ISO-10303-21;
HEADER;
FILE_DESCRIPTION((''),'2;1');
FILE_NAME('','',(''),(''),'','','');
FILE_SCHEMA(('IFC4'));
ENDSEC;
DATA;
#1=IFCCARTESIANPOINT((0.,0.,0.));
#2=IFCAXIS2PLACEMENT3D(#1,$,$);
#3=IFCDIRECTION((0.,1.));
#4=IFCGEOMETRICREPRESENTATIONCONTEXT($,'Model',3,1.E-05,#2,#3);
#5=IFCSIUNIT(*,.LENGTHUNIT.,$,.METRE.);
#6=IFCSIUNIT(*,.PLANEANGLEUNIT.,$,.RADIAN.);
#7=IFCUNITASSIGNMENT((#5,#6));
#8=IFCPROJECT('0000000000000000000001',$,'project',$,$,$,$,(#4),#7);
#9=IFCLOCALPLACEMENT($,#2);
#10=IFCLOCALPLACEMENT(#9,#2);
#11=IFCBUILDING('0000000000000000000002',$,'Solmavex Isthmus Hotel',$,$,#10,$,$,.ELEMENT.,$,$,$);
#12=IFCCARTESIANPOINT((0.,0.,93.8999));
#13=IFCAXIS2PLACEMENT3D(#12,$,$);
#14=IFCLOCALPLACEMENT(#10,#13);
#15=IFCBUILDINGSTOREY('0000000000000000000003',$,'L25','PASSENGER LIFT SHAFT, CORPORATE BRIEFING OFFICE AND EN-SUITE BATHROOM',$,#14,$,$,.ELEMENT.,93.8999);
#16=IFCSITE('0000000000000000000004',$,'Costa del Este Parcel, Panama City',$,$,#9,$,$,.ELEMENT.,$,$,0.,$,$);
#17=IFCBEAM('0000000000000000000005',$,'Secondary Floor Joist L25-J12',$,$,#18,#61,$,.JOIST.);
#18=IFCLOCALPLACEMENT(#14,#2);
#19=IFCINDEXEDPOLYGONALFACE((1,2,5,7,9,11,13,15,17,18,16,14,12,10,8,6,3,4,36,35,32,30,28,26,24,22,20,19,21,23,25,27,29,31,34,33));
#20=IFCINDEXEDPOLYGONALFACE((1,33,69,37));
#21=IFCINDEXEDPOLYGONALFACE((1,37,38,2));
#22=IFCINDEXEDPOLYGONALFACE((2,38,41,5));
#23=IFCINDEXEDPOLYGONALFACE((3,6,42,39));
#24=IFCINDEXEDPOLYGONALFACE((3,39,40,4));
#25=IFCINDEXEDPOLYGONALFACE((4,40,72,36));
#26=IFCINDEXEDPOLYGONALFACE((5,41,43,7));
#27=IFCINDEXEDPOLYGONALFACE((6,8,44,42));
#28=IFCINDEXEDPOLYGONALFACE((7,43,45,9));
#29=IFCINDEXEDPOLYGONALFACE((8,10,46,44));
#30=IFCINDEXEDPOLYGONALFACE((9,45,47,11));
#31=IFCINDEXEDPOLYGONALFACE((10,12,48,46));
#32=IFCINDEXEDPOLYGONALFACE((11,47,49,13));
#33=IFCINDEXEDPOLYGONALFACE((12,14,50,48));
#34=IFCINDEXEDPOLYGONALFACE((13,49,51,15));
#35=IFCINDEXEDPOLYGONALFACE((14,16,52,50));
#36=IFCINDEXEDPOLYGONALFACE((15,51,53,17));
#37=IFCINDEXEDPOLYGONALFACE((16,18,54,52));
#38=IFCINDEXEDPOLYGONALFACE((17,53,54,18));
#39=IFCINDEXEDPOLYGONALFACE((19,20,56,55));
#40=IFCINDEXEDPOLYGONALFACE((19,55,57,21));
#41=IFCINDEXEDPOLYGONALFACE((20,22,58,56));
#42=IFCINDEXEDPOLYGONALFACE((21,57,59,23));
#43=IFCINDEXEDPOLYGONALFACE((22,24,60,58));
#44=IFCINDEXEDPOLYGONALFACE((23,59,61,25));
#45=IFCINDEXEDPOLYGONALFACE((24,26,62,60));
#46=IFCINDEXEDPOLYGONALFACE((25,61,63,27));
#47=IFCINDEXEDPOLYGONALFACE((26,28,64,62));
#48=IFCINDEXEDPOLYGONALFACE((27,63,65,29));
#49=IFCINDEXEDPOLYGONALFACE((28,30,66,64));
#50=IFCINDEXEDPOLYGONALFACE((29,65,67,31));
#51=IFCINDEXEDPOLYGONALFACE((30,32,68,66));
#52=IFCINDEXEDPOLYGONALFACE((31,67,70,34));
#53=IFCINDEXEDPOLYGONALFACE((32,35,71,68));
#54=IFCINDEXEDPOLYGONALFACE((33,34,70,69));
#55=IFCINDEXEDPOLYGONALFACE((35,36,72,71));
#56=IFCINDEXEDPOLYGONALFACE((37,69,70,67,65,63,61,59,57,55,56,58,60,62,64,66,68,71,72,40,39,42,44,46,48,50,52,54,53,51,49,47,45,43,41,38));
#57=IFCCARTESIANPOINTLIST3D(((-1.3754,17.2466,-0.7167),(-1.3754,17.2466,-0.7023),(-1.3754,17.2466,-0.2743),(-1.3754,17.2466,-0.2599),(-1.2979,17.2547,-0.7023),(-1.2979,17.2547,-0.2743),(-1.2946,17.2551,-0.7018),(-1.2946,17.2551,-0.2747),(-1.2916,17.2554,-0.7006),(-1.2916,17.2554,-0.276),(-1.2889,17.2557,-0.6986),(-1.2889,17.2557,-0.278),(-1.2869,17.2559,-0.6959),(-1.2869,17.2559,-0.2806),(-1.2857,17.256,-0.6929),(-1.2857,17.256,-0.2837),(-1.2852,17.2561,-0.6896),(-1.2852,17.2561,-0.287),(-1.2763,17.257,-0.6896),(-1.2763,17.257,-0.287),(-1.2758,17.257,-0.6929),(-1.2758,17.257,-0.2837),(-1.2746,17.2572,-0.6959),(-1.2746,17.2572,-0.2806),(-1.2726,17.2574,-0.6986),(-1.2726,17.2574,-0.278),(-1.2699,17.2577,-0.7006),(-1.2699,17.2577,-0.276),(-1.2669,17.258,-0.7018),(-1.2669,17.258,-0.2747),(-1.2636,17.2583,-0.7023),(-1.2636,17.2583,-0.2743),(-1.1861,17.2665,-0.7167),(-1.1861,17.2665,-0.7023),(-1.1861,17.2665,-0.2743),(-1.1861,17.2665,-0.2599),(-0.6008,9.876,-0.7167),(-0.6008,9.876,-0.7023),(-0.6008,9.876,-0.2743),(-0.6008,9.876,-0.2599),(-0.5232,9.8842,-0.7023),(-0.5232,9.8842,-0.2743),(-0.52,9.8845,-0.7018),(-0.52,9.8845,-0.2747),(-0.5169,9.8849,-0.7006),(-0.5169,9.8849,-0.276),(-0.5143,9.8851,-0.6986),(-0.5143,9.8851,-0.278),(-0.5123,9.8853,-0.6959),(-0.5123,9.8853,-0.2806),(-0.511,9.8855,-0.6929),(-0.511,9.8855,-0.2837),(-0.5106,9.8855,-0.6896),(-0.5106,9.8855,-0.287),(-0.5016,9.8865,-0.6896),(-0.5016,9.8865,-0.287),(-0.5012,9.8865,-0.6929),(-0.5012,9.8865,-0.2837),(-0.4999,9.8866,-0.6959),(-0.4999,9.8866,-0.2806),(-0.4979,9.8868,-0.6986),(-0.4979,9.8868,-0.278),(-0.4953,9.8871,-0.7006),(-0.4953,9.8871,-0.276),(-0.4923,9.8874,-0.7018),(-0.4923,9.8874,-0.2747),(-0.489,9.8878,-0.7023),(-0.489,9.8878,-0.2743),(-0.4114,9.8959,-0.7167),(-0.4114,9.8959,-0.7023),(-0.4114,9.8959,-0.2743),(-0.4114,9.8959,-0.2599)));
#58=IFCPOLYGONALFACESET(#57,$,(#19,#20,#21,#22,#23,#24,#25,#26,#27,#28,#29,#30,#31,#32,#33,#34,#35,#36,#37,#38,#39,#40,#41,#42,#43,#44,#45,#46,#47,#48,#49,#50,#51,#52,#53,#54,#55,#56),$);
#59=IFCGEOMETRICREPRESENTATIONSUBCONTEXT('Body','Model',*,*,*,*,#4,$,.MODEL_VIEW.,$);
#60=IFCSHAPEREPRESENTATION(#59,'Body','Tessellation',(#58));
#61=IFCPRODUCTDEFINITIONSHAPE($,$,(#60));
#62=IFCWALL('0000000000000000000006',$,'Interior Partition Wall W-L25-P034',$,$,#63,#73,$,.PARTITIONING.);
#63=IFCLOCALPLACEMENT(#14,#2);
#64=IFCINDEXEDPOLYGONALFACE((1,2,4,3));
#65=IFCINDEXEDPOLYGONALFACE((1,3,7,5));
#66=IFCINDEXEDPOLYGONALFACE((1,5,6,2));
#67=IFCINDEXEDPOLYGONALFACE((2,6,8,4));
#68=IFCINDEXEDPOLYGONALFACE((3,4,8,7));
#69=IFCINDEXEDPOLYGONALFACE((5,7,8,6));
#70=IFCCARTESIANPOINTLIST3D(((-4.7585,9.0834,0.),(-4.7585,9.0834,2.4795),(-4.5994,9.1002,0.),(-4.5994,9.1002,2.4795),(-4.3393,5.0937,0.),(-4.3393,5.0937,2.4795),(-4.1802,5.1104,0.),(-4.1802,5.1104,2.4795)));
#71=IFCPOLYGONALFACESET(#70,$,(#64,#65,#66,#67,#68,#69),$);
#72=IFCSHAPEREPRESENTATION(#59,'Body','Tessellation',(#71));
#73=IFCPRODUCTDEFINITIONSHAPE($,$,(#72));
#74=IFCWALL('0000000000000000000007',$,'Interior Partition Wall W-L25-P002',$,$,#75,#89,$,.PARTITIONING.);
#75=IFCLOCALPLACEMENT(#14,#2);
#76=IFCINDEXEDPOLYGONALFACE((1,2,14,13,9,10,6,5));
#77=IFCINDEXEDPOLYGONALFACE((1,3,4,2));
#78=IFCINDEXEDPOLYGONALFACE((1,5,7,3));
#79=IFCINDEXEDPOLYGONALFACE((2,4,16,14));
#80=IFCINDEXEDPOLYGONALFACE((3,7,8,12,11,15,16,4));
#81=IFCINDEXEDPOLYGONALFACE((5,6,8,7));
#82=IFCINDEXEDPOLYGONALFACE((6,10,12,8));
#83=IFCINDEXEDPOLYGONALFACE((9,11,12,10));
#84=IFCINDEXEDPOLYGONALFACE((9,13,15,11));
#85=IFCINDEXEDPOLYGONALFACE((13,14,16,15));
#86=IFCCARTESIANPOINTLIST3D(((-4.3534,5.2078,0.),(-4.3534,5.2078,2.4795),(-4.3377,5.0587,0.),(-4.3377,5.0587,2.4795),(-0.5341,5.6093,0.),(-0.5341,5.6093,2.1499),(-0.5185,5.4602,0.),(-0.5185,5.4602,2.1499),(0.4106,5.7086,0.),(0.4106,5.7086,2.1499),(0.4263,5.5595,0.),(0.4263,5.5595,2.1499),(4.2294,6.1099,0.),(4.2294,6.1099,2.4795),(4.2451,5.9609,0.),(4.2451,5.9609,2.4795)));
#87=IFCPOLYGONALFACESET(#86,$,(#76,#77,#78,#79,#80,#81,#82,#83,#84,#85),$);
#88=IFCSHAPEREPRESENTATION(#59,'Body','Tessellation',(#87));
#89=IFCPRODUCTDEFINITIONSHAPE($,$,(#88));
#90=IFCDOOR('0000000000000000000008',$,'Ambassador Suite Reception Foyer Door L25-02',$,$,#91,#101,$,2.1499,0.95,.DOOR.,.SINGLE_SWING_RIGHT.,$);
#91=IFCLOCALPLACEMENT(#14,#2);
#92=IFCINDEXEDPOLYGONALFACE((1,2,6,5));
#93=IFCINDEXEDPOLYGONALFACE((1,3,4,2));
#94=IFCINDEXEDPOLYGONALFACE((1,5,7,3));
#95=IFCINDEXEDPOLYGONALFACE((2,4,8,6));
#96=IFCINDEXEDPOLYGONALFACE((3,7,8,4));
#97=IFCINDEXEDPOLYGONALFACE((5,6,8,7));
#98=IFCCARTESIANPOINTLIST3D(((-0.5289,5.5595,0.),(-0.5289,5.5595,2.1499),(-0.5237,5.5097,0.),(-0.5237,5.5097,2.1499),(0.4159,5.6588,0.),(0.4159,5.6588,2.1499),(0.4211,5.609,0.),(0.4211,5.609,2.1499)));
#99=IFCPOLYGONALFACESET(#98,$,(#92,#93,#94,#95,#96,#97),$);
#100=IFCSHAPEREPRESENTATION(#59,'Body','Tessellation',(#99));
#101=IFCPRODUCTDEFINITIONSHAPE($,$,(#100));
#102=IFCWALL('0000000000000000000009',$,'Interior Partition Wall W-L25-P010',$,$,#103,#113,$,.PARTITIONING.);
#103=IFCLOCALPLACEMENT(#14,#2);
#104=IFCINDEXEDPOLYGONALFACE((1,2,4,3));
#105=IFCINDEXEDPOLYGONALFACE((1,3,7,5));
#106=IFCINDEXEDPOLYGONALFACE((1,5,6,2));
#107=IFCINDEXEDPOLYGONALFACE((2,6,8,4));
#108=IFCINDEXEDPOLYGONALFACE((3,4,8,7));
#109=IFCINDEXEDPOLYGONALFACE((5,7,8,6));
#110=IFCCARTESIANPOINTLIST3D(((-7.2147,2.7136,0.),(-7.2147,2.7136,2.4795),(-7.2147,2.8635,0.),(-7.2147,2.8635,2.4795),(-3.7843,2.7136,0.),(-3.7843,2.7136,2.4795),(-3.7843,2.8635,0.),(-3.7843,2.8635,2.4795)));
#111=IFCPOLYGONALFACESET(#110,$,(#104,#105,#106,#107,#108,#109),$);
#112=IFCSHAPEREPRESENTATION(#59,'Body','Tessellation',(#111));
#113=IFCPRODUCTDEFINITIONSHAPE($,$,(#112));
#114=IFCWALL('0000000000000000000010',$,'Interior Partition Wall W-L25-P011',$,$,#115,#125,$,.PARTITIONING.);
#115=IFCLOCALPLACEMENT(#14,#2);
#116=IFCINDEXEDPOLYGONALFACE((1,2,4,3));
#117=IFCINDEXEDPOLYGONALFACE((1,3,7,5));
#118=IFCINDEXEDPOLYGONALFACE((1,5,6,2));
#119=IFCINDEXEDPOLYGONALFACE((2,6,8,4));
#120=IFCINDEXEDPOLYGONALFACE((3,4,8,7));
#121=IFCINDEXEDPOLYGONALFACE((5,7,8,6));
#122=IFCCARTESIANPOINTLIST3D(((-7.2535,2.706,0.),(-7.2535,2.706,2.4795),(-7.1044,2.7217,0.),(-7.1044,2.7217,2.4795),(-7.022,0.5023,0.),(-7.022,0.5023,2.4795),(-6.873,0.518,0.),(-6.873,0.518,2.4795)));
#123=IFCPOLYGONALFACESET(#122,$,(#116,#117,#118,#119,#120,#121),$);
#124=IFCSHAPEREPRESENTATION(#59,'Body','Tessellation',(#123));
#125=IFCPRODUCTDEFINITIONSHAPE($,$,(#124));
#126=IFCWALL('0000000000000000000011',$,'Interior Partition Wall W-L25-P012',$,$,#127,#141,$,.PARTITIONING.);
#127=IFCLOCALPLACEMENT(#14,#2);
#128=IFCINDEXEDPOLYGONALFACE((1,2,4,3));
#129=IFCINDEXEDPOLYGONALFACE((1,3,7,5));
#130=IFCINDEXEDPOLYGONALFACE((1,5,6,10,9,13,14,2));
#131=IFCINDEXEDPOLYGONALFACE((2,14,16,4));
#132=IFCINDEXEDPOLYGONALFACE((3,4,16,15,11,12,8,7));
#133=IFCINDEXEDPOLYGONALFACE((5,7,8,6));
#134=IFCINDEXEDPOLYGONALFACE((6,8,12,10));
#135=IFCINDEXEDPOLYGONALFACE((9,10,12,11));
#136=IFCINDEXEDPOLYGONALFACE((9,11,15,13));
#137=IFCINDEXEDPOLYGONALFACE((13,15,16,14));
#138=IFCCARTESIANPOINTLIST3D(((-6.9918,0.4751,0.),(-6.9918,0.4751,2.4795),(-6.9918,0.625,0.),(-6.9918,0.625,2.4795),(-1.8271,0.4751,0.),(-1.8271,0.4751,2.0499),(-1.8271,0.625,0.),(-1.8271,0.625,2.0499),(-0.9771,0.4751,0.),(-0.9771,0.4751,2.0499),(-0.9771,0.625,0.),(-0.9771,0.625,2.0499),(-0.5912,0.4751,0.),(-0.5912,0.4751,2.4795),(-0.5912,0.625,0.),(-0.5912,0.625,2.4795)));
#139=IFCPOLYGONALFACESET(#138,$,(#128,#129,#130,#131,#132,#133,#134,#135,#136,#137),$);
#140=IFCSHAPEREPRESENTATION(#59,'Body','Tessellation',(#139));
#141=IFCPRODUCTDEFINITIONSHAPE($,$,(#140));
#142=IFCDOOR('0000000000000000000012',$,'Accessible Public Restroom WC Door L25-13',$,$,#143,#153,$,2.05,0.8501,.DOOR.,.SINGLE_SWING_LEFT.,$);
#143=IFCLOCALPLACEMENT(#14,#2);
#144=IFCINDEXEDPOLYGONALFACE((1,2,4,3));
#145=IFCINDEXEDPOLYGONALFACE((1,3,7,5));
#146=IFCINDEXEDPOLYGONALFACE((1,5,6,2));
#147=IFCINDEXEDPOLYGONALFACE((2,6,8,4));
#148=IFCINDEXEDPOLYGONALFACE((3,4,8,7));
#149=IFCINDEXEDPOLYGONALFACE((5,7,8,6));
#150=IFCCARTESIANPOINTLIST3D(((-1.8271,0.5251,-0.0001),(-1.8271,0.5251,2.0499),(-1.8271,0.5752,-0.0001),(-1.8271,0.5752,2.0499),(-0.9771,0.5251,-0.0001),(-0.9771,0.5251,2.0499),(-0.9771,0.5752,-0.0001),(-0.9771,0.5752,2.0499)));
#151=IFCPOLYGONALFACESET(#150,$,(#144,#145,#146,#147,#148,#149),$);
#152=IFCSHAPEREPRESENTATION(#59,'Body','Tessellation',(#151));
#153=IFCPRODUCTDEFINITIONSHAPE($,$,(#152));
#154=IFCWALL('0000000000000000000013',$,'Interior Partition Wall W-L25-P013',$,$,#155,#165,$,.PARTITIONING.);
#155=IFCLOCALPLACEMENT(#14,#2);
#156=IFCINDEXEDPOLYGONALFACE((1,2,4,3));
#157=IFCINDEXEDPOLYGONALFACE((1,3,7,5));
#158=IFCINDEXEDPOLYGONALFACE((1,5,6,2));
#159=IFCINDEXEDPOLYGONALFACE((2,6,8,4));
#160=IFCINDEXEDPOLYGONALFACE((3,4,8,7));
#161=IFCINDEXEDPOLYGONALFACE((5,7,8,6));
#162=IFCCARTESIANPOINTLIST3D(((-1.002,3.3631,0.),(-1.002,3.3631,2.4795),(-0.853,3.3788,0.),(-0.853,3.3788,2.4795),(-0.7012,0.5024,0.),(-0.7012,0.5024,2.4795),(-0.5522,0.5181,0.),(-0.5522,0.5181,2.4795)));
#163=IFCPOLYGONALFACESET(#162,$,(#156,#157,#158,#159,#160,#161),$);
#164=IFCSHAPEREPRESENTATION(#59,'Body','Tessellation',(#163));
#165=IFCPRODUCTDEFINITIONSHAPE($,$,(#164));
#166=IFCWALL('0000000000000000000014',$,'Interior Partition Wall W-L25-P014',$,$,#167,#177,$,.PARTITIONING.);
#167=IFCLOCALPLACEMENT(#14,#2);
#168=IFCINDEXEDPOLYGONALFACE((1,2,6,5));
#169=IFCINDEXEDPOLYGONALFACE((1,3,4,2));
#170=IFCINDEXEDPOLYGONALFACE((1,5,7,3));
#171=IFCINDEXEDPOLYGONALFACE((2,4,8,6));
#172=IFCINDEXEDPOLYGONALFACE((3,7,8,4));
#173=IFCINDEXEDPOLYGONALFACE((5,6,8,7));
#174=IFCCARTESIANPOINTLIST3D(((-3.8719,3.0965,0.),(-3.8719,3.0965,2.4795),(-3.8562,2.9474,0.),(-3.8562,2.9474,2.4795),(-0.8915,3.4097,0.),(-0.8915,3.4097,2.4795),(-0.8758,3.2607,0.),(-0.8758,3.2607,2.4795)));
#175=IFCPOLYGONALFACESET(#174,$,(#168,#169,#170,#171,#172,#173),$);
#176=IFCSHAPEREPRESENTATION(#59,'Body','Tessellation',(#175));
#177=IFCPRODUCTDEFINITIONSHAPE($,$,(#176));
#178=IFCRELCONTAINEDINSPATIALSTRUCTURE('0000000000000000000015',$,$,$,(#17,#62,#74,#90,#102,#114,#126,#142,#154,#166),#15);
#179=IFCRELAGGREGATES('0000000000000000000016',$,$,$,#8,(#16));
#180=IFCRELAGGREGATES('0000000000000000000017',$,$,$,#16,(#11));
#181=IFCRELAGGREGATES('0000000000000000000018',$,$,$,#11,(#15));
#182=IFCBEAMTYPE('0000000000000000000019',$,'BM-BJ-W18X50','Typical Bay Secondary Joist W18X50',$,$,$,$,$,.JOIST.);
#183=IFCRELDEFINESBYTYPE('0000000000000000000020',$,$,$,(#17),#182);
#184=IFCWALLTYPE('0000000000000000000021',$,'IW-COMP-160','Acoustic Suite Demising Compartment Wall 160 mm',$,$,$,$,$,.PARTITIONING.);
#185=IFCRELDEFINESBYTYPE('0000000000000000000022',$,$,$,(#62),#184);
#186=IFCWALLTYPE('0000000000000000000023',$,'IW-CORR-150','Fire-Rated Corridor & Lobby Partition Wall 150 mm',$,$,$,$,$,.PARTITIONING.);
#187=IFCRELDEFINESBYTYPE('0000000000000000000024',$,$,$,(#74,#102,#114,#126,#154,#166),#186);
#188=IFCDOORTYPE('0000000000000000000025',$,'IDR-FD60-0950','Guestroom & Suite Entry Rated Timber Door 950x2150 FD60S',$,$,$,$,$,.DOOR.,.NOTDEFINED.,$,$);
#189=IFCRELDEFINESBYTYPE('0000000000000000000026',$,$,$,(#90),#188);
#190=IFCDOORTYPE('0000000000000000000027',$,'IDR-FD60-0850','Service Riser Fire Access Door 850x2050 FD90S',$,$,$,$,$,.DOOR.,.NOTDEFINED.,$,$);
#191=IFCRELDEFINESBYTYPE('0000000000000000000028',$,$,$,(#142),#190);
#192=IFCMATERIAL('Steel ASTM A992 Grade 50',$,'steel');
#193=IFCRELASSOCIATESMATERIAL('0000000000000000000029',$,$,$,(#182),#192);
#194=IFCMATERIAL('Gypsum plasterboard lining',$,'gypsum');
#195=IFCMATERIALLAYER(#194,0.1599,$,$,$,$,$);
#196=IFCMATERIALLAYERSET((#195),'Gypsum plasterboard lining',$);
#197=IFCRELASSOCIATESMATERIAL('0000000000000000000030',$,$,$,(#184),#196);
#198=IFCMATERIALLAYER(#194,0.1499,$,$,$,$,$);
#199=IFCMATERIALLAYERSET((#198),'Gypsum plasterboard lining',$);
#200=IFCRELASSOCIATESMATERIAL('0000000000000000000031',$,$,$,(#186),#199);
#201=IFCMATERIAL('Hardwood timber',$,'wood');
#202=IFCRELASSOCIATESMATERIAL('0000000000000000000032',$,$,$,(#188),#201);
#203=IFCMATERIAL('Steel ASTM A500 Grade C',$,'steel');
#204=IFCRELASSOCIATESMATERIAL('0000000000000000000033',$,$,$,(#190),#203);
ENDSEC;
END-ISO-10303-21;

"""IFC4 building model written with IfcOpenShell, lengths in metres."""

from ifc_helpers import new_model, si_unit, direction, frame, frame_2d, origin, origin_2d, place, context, subcontext, project, spatial, rectangle, i_section, extrude, material, layer, layer_set, material_profile, profile_set, type_object, element, fill, save


model = new_model("IFC4")

# Units and contexts
model_context = context("Model", 3, precision=1e-05, world=origin(), true_north=direction((0.0, 1.0)))
body_context = subcontext(model_context, "Body", "Model", "MODEL_VIEW")
ifc_project = project(units=[si_unit("LENGTHUNIT", "METRE"), si_unit("PLANEANGLEUNIT", "RADIAN")], contexts=[model_context])

# Site, building, storey
site_placement = place(None, origin())
site = spatial("IfcSite", under=ifc_project, at=site_placement, Name="Costa del Este Parcel, Panama City", CompositionType="ELEMENT", RefElevation=0.0)
building_placement = place(site_placement, origin())
building = spatial("IfcBuilding", under=site, at=building_placement, Name="Solmavex Isthmus Hotel", CompositionType="ELEMENT")
storey_placement = place(building_placement, frame((0.0, 0.0, 93.8999)))
storey = spatial("IfcBuildingStorey", under=building, at=storey_placement, Name="L25", Description="PASSENGER LIFT SHAFT, CORPORATE BRIEFING OFFICE AND EN-SUITE BATHROOM", CompositionType="ELEMENT", Elevation=93.8999)

# Beam
ifc_material_1 = material(Name="Steel ASTM A992 Grade 50", Category="steel")
ifc_material_profile_1 = material_profile(ifc_material_1, i_section(OverallWidth=0.1904, OverallDepth=0.4568, WebThickness=0.009, FlangeThickness=0.0144, FilletRadius=0.0127, at=origin_2d()), Name="W18X50")
ifc_profile_set_1 = profile_set([ifc_material_profile_1], Name="Steel ASTM A992 Grade 50")
beam_type_1 = type_object("IfcBeamType", Name="BM-BJ-W18X50", Description="Typical Bay Secondary Joist W18X50", PredefinedType="JOIST", material=ifc_profile_set_1)
beam_1_placement = place(storey_placement, frame((-0.5061, 9.886, -0.4883), z_axis=(-0.104525, 0.994522, 0.0), x_axis=(-0.994522, -0.104525, 0.0)))
element("IfcBeam", 1, at=beam_1_placement, inside=storey, type_object=beam_type_1, Name="Secondary Floor Joist L25-J12", PredefinedType="JOIST", context=body_context, shape_type="SweptSolid", body=[
    extrude(i_section(OverallWidth=0.1904, OverallDepth=0.4568, WebThickness=0.009, FlangeThickness=0.0144, FilletRadius=0.0127, at=origin_2d()), origin(), (0.0, 0.0, 1.0), 7.4111),
])

# Wall
ifc_material_2 = material(Name="Gypsum plasterboard lining", Category="gypsum")
ifc_layer_1 = layer(ifc_material_2, 0.1599)
ifc_layer_set_1 = layer_set([ifc_layer_1], Name="Gypsum plasterboard lining")
wall_type_1 = type_object("IfcWallType", Name="IW-COMP-160", Description="Acoustic Suite Demising Compartment Wall 160 mm", PredefinedType="PARTITIONING", material=ifc_layer_set_1)
wall_1_placement = place(storey_placement, frame((-4.679, 9.0918, 0.0), z_axis=(0.0, 0.0, 1.0), x_axis=(0.104492, -0.994526, 0.0)))
element("IfcWall", 2, at=wall_1_placement, inside=storey, type_object=wall_type_1, Name="Interior Partition Wall W-L25-P034", PredefinedType="PARTITIONING", context=body_context, shape_type="SweptSolid", body=[
    extrude(rectangle(XDim=4.0117, YDim=0.1599, at=frame_2d((2.0059, 0.0))), origin(), (0.0, 0.0, 1.0), 2.4795),
])

# Wall, opening, door
ifc_layer_2 = layer(ifc_material_2, 0.1499)
ifc_layer_set_2 = layer_set([ifc_layer_2], Name="Gypsum plasterboard lining")
wall_type_2 = type_object("IfcWallType", Name="IW-CORR-150", Description="Fire-Rated Corridor & Lobby Partition Wall 150 mm", PredefinedType="PARTITIONING", material=ifc_layer_set_2)
wall_2_placement = place(storey_placement, frame((-4.3455, 5.1333, 0.0), z_axis=(0.0, 0.0, 1.0), x_axis=(0.994522, 0.10453, 0.0)))
wall_2 = element("IfcWall", 3, at=wall_2_placement, inside=storey, type_object=wall_type_2, Name="Interior Partition Wall W-L25-P002", PredefinedType="PARTITIONING", context=body_context, shape_type="SweptSolid", body=[
    extrude(rectangle(XDim=8.6301, YDim=0.1499, at=frame_2d((4.3149, 0.0))), origin(), (0.0, 0.0, 1.0), 2.4795),
])
opening_1_placement = place(wall_2_placement, frame((3.8401, 0.0, 0.0)))
opening_1 = element("IfcOpeningElement", 4, at=opening_1_placement, cuts=wall_2, PredefinedType="OPENING", context=body_context, shape_type="SweptSolid", body=[
    extrude(rectangle(XDim=0.95, YDim=2.1499, at=frame_2d((0.4751, 1.075))), frame((0.0, 0.085, 0.0), z_axis=(0.0, -1.0, 0.0), x_axis=(1.0, 0.0, 0.0)), (0.0, 0.0, 1.0), 0.1699),
])
ifc_material_3 = material(Name="Hardwood timber", Category="wood")
door_type_1 = type_object("IfcDoorType", Name="IDR-FD60-0950", Description="Guestroom & Suite Entry Rated Timber Door 950x2150 FD60S", OperationType="NOTDEFINED", PredefinedType="DOOR", material=ifc_material_3)
door_1_placement = place(opening_1_placement, origin())
door_1 = element("IfcDoor", 5, at=door_1_placement, inside=storey, type_object=door_type_1, Name="Ambassador Suite Reception Foyer Door L25-02", OperationType="SINGLE_SWING_RIGHT", OverallHeight=2.1499, OverallWidth=0.95, PredefinedType="DOOR", context=body_context, shape_type="SweptSolid", body=[
    extrude(rectangle(XDim=0.95, YDim=2.1499, at=frame_2d((0.4751, 1.075))), frame((0.0, 0.0249, 0.0), z_axis=(0.0, -1.0, 0.0), x_axis=(1.0, 0.0, 0.0)), (0.0, 0.0, 1.0), 0.05),
])
fill(opening_1, door_1)

# Walls
wall_3_placement = place(storey_placement, frame((-3.7842, 2.7886, 0.0), z_axis=(0.0, 0.0, 1.0), x_axis=(-1.0, 0.0, 0.0)))
element("IfcWall", 6, at=wall_3_placement, inside=storey, type_object=wall_type_2, Name="Interior Partition Wall W-L25-P010", PredefinedType="PARTITIONING", context=body_context, shape_type="SweptSolid", body=[
    extrude(rectangle(XDim=3.4304, YDim=0.1499, at=frame_2d((1.7153, 0.0))), origin(), (0.0, 0.0, 1.0), 2.4795),
])
wall_4_placement = place(storey_placement, frame((-7.179, 2.7139, 0.0), z_axis=(0.0, 0.0, 1.0), x_axis=(0.104455, -0.99453, 0.0)))
element("IfcWall", 7, at=wall_4_placement, inside=storey, type_object=wall_type_2, Name="Interior Partition Wall W-L25-P011", PredefinedType="PARTITIONING", context=body_context, shape_type="SweptSolid", body=[
    extrude(rectangle(XDim=2.2158, YDim=0.1499, at=frame_2d((1.1079, 0.0))), origin(), (0.0, 0.0, 1.0), 2.4795),
])

# Wall, opening, door
wall_5_placement = place(storey_placement, frame((-6.9917, 0.55, 0.0), z_axis=(0.0, 0.0, 1.0), x_axis=(1.0, 0.0, 0.0)))
wall_5 = element("IfcWall", 8, at=wall_5_placement, inside=storey, type_object=wall_type_2, Name="Interior Partition Wall W-L25-P012", PredefinedType="PARTITIONING", context=body_context, shape_type="SweptSolid", body=[
    extrude(rectangle(XDim=6.4006, YDim=0.1499, at=frame_2d((3.2002, 0.0))), origin(), (0.0, 0.0, 1.0), 2.4795),
])
opening_2_placement = place(wall_5_placement, frame((5.1646, 0.0, 0.0)))
opening_2 = element("IfcOpeningElement", 9, at=opening_2_placement, cuts=wall_5, PredefinedType="OPENING", context=body_context, shape_type="SweptSolid", body=[
    extrude(rectangle(XDim=0.8501, YDim=2.05, at=frame_2d((0.425, 1.0249))), frame((0.0, 0.085, 0.0), z_axis=(0.0, -1.0, 0.0), x_axis=(1.0, 0.0, 0.0)), (0.0, 0.0, 1.0), 0.1699),
])
ifc_material_4 = material(Name="Steel ASTM A500 Grade C", Category="steel")
door_type_2 = type_object("IfcDoorType", Name="IDR-FD60-0850", Description="Service Riser Fire Access Door 850x2050 FD90S", OperationType="NOTDEFINED", PredefinedType="DOOR", material=ifc_material_4)
door_2_placement = place(opening_2_placement, frame((0.8501, 0.0, 0.0), z_axis=(0.0, 0.0, 1.0), x_axis=(-1.0, 0.0, 0.0)))
door_2 = element("IfcDoor", 10, at=door_2_placement, inside=storey, type_object=door_type_2, Name="Accessible Public Restroom WC Door L25-13", OperationType="SINGLE_SWING_LEFT", OverallHeight=2.05, OverallWidth=0.8501, PredefinedType="DOOR", context=body_context, shape_type="SweptSolid", body=[
    extrude(rectangle(XDim=0.8501, YDim=2.05, at=frame_2d((0.425, 1.0249))), frame((0.0, 0.0249, 0.0), z_axis=(0.0, -1.0, 0.0), x_axis=(1.0, 0.0, 0.0)), (0.0, 0.0, 1.0), 0.05),
])
fill(opening_2, door_2)

# Walls
wall_6_placement = place(storey_placement, frame((-0.6267, 0.5103, 0.0), z_axis=(0.0, 0.0, 1.0), x_axis=(-0.10457, 0.994518, 0.0)))
element("IfcWall", 11, at=wall_6_placement, inside=storey, type_object=wall_type_2, Name="Interior Partition Wall W-L25-P013", PredefinedType="PARTITIONING", context=body_context, shape_type="SweptSolid", body=[
    extrude(rectangle(XDim=2.8765, YDim=0.1499, at=frame_2d((1.4382, 0.0))), origin(), (0.0, 0.0, 1.0), 2.4795),
])
wall_7_placement = place(storey_placement, frame((-0.8835, 3.3352, 0.0), z_axis=(0.0, 0.0, 1.0), x_axis=(-0.994523, -0.104519, 0.0)))
element("IfcWall", 12, at=wall_7_placement, inside=storey, type_object=wall_type_2, Name="Interior Partition Wall W-L25-P014", PredefinedType="PARTITIONING", context=body_context, shape_type="SweptSolid", body=[
    extrude(rectangle(XDim=2.9968, YDim=0.1499, at=frame_2d((1.4985, 0.0))), origin(), (0.0, 0.0, 1.0), 2.4795),
])

save(model, "model.ifc")
